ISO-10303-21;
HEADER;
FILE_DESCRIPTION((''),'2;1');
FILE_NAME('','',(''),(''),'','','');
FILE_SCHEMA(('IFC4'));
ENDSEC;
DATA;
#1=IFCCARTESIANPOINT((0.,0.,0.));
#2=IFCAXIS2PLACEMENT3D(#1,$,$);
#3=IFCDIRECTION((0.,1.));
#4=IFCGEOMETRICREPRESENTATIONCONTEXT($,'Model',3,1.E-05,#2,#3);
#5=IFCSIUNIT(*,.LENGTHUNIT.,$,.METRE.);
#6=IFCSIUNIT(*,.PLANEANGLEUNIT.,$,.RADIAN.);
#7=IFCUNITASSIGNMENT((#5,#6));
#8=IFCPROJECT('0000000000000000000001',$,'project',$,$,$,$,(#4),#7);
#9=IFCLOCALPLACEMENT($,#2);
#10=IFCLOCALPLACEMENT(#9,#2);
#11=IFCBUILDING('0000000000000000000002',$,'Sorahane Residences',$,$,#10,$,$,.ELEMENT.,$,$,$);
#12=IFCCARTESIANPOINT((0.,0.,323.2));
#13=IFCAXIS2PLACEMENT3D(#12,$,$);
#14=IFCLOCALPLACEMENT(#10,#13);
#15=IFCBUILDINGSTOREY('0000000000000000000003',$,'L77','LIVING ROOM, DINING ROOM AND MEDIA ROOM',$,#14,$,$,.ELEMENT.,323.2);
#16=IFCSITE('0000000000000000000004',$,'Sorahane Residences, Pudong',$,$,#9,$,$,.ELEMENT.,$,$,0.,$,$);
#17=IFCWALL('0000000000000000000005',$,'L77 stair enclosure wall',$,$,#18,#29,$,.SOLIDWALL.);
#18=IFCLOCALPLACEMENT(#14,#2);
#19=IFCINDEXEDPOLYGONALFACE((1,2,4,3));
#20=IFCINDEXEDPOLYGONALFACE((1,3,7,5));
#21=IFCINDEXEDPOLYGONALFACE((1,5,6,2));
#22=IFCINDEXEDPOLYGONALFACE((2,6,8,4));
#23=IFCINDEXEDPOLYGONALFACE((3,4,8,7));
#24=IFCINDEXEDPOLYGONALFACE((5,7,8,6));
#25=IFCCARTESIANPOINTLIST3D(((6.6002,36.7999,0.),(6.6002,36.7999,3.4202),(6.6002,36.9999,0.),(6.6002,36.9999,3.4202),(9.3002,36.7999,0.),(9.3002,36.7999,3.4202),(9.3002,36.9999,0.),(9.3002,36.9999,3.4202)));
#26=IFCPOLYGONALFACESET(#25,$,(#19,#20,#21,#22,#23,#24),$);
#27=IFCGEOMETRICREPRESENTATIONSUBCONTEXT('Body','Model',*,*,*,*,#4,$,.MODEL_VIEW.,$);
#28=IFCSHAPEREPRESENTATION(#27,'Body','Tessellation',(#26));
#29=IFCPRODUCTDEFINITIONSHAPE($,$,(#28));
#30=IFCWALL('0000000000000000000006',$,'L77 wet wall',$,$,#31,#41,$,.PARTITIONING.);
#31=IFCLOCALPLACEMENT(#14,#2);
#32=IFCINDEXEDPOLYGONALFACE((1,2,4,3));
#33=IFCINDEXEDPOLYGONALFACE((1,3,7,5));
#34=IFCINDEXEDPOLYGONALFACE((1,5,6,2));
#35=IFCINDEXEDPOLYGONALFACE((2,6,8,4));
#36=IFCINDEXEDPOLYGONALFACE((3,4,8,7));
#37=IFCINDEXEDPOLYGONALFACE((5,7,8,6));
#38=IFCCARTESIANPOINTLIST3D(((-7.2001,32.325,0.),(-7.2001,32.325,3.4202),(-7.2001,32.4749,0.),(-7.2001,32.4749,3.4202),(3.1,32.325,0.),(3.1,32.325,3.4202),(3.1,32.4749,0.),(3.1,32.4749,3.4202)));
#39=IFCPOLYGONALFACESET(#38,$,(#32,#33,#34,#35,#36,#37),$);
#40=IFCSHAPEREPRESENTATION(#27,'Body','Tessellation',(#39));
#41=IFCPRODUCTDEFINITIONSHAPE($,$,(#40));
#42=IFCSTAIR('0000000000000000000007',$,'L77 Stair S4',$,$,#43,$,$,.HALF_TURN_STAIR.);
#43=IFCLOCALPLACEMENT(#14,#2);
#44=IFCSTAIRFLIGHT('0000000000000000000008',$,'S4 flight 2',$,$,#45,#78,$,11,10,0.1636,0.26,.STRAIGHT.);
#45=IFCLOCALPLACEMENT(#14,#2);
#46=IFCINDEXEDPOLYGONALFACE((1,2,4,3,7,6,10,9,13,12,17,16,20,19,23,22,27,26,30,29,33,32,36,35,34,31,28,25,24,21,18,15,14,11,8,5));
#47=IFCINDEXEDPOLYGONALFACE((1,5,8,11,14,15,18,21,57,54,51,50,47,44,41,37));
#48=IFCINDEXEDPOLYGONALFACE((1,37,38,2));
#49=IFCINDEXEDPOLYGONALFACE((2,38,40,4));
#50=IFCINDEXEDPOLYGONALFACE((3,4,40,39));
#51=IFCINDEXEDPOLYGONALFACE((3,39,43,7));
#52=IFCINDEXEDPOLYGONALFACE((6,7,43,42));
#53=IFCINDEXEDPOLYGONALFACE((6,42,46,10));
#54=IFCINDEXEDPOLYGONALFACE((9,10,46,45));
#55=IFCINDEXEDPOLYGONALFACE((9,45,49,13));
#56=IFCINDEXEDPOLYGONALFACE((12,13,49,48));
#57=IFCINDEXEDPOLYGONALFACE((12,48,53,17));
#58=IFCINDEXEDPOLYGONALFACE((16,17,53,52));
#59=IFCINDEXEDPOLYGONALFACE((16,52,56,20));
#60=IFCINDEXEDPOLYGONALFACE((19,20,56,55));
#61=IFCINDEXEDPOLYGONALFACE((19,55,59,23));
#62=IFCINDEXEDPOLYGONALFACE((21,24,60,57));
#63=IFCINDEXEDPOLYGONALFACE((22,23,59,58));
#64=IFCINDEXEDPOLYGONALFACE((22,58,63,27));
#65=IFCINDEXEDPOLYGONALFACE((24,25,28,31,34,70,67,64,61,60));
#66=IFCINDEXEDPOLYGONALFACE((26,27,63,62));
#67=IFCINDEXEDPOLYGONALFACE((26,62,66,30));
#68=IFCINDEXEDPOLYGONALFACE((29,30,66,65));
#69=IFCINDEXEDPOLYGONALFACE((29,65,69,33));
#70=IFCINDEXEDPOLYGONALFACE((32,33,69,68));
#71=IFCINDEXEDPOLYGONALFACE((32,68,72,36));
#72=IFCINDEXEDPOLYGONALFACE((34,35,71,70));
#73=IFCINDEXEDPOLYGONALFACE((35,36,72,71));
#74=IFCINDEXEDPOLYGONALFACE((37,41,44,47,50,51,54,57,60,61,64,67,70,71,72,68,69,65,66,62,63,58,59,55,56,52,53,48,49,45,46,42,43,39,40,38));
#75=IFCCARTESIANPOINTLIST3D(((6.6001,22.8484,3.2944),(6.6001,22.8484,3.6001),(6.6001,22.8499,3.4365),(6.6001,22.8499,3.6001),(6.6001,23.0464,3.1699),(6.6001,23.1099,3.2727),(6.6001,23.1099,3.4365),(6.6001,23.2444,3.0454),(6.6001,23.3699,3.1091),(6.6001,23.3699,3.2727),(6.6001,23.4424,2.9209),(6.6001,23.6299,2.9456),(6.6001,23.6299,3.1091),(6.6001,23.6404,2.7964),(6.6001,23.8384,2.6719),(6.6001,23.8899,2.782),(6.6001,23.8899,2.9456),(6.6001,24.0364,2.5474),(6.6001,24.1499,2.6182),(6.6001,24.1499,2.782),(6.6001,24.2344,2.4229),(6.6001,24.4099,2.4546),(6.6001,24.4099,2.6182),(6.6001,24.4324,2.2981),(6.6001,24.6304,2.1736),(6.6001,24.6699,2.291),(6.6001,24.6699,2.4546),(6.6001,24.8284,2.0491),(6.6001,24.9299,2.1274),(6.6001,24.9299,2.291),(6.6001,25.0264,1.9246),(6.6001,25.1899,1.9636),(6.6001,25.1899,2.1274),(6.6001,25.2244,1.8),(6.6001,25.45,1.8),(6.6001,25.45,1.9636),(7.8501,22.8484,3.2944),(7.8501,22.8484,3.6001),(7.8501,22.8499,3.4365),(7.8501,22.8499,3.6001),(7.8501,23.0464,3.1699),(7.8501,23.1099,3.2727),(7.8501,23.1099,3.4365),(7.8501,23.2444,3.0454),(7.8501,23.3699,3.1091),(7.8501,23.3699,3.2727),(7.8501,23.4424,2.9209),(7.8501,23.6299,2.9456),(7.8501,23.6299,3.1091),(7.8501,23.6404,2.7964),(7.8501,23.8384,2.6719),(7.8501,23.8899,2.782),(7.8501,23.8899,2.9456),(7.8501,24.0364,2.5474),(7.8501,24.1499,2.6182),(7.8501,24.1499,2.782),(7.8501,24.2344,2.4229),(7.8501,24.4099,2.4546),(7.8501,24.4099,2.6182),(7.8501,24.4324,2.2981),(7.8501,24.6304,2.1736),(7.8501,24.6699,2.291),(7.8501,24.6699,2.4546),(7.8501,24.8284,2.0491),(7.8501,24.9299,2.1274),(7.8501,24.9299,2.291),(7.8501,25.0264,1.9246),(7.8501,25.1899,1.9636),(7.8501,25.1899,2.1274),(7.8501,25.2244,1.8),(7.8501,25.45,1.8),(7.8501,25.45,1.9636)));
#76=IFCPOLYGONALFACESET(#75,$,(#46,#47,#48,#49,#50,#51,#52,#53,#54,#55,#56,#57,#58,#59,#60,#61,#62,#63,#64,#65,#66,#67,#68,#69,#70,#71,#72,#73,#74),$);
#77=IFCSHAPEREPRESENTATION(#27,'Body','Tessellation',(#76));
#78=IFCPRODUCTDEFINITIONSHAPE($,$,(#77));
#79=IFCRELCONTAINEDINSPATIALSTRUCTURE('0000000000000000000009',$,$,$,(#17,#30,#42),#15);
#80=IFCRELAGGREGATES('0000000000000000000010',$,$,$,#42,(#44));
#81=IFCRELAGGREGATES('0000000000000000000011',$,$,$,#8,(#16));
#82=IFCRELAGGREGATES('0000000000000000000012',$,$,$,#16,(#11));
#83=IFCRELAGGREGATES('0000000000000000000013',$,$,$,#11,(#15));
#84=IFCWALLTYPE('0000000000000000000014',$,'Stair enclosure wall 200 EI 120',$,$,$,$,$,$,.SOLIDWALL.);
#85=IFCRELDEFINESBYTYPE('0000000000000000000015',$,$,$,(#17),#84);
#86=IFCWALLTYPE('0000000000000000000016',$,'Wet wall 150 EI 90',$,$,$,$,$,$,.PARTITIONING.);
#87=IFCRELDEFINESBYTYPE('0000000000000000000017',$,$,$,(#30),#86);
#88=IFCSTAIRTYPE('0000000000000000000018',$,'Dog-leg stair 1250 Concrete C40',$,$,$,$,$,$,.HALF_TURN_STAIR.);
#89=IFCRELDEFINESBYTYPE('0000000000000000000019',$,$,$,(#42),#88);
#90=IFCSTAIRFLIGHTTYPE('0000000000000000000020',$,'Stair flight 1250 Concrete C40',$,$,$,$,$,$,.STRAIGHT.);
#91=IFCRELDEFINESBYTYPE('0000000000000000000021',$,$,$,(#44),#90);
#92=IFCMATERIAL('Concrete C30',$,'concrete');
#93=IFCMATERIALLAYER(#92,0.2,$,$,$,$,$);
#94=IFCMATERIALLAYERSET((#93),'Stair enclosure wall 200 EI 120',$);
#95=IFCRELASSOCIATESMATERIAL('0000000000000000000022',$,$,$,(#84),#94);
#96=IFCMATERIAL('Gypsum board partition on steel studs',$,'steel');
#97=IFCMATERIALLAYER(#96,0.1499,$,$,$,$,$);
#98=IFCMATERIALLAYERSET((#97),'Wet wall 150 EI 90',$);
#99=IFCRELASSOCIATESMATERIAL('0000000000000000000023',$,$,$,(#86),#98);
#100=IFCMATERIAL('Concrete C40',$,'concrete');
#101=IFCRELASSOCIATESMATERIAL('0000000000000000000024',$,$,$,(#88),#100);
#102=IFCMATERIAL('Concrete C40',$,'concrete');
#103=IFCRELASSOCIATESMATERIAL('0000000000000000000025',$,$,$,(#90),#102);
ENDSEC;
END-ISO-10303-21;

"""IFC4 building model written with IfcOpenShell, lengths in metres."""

from ifc_helpers import new_model, si_unit, direction, frame, frame_2d, origin, place, context, subcontext, project, spatial, polyline, rectangle, outline, extrude, material, layer, layer_set, type_object, element, aggregate, save


model = new_model("IFC4")

# Units and contexts
model_context = context("Model", 3, precision=1e-05, world=origin(), true_north=direction((0.0, 1.0)))
body_context = subcontext(model_context, "Body", "Model", "MODEL_VIEW")
ifc_project = project(units=[si_unit("LENGTHUNIT", "METRE"), si_unit("PLANEANGLEUNIT", "RADIAN")], contexts=[model_context])

# Site, building, storey
site_placement = place(None, origin())
site = spatial("IfcSite", under=ifc_project, at=site_placement, Name="Sorahane Residences, Pudong", CompositionType="ELEMENT", RefElevation=0.0)
building_placement = place(site_placement, origin())
building = spatial("IfcBuilding", under=site, at=building_placement, Name="Sorahane Residences", CompositionType="ELEMENT")
storey_placement = place(building_placement, frame((0.0, 0.0, 323.2)))
storey = spatial("IfcBuildingStorey", under=building, at=storey_placement, Name="L77", Description="LIVING ROOM, DINING ROOM AND MEDIA ROOM", CompositionType="ELEMENT", Elevation=323.2)

# Walls
ifc_material_1 = material(Name="Concrete C30", Category="concrete")
ifc_layer_1 = layer(ifc_material_1, 0.2)
ifc_layer_set_1 = layer_set([ifc_layer_1], Name="Stair enclosure wall 200 EI 120")
wall_type_1 = type_object("IfcWallType", Name="Stair enclosure wall 200 EI 120", PredefinedType="SOLIDWALL", material=ifc_layer_set_1)
wall_1_placement = place(storey_placement, frame((6.6001, 36.8999, 0.0), z_axis=(0.0, 0.0, 1.0), x_axis=(1.0, 0.0, 0.0)))
element("IfcWall", 1, at=wall_1_placement, inside=storey, type_object=wall_type_1, Name="L77 stair enclosure wall", PredefinedType="SOLIDWALL", context=body_context, shape_type="SweptSolid", body=[
    extrude(rectangle(XDim=2.7, YDim=0.2, at=frame_2d((1.3501, 0.0))), origin(), (0.0, 0.0, 1.0), 3.4202),
])
ifc_material_2 = material(Name="Gypsum board partition on steel studs", Category="steel")
ifc_layer_2 = layer(ifc_material_2, 0.1499)
ifc_layer_set_2 = layer_set([ifc_layer_2], Name="Wet wall 150 EI 90")
wall_type_2 = type_object("IfcWallType", Name="Wet wall 150 EI 90", PredefinedType="PARTITIONING", material=ifc_layer_set_2)
wall_2_placement = place(storey_placement, frame((-7.2, 32.3999, 0.0), z_axis=(0.0, 0.0, 1.0), x_axis=(1.0, 0.0, 0.0)))
element("IfcWall", 2, at=wall_2_placement, inside=storey, type_object=wall_type_2, Name="L77 wet wall", PredefinedType="PARTITIONING", context=body_context, shape_type="SweptSolid", body=[
    extrude(rectangle(XDim=10.3, YDim=0.1499, at=frame_2d((5.1499, 0.0))), origin(), (0.0, 0.0, 1.0), 3.4202),
])

# Stair, stair flight
ifc_material_3 = material(Name="Concrete C40", Category="concrete")
stair_type = type_object("IfcStairType", Name="Dog-leg stair 1250 Concrete C40", PredefinedType="HALF_TURN_STAIR", material=ifc_material_3)
stair_placement = place(storey_placement, origin())
stair = element("IfcStair", 3, at=stair_placement, inside=storey, type_object=stair_type, Name="L77 Stair S4", PredefinedType="HALF_TURN_STAIR")
ifc_material_4 = material(Name="Concrete C40", Category="concrete")
stair_flight_type = type_object("IfcStairFlightType", Name="Stair flight 1250 Concrete C40", PredefinedType="STRAIGHT", material=ifc_material_4)
stair_flight_placement = place(storey_placement, frame((7.2251, 25.45, 1.8), z_axis=(0.0, 0.0, 1.0), x_axis=(0.0, -1.0, 0.0)))
stair_flight = element("IfcStairFlight", 4, at=stair_flight_placement, type_object=stair_flight_type, Name="S4 flight 2", NumberOfRisers=11, NumberOfTreads=10, PredefinedType="STRAIGHT", RiserHeight=0.1636, TreadLength=0.26, context=body_context, shape_type="SweptSolid", body=[
    extrude(outline(polyline([(0.0, 0.0), (0.0, 0.1636), (0.26, 0.1636), (0.26, 0.3274), (0.52, 0.3274), (0.52, 0.491), (0.78, 0.491), (0.78, 0.6545), (1.04, 0.6545), (1.04, 0.8181), (1.3, 0.8181), (1.3, 0.9819), (1.5601, 0.9819), (1.5601, 1.1455), (1.8201, 1.1455), (1.8201, 1.3091), (2.0801, 1.3091), (2.0801, 1.4727), (2.3401, 1.4727), (2.3401, 1.6365), (2.6001, 1.6365), (2.6001, 1.8), (2.6016, 1.8), (2.6016, 1.4944), (2.4036, 1.3699), (2.2056, 1.2454), (2.0076, 1.1208), (1.8096, 0.9963), (1.6116, 0.8718), (1.4136, 0.7473), (1.2156, 0.6228), (1.0176, 0.498), (0.8196, 0.3735), (0.6216, 0.249), (0.4236, 0.1245), (0.2256, 0.0), (0.0, 0.0)])), frame((0.0, 0.625, 0.0), z_axis=(0.0, -1.0, 0.0), x_axis=(1.0, 0.0, 0.0)), (0.0, 0.0, 1.0), 1.25),
])
aggregate(stair, [stair_flight])

save(model, "model.ifc")
